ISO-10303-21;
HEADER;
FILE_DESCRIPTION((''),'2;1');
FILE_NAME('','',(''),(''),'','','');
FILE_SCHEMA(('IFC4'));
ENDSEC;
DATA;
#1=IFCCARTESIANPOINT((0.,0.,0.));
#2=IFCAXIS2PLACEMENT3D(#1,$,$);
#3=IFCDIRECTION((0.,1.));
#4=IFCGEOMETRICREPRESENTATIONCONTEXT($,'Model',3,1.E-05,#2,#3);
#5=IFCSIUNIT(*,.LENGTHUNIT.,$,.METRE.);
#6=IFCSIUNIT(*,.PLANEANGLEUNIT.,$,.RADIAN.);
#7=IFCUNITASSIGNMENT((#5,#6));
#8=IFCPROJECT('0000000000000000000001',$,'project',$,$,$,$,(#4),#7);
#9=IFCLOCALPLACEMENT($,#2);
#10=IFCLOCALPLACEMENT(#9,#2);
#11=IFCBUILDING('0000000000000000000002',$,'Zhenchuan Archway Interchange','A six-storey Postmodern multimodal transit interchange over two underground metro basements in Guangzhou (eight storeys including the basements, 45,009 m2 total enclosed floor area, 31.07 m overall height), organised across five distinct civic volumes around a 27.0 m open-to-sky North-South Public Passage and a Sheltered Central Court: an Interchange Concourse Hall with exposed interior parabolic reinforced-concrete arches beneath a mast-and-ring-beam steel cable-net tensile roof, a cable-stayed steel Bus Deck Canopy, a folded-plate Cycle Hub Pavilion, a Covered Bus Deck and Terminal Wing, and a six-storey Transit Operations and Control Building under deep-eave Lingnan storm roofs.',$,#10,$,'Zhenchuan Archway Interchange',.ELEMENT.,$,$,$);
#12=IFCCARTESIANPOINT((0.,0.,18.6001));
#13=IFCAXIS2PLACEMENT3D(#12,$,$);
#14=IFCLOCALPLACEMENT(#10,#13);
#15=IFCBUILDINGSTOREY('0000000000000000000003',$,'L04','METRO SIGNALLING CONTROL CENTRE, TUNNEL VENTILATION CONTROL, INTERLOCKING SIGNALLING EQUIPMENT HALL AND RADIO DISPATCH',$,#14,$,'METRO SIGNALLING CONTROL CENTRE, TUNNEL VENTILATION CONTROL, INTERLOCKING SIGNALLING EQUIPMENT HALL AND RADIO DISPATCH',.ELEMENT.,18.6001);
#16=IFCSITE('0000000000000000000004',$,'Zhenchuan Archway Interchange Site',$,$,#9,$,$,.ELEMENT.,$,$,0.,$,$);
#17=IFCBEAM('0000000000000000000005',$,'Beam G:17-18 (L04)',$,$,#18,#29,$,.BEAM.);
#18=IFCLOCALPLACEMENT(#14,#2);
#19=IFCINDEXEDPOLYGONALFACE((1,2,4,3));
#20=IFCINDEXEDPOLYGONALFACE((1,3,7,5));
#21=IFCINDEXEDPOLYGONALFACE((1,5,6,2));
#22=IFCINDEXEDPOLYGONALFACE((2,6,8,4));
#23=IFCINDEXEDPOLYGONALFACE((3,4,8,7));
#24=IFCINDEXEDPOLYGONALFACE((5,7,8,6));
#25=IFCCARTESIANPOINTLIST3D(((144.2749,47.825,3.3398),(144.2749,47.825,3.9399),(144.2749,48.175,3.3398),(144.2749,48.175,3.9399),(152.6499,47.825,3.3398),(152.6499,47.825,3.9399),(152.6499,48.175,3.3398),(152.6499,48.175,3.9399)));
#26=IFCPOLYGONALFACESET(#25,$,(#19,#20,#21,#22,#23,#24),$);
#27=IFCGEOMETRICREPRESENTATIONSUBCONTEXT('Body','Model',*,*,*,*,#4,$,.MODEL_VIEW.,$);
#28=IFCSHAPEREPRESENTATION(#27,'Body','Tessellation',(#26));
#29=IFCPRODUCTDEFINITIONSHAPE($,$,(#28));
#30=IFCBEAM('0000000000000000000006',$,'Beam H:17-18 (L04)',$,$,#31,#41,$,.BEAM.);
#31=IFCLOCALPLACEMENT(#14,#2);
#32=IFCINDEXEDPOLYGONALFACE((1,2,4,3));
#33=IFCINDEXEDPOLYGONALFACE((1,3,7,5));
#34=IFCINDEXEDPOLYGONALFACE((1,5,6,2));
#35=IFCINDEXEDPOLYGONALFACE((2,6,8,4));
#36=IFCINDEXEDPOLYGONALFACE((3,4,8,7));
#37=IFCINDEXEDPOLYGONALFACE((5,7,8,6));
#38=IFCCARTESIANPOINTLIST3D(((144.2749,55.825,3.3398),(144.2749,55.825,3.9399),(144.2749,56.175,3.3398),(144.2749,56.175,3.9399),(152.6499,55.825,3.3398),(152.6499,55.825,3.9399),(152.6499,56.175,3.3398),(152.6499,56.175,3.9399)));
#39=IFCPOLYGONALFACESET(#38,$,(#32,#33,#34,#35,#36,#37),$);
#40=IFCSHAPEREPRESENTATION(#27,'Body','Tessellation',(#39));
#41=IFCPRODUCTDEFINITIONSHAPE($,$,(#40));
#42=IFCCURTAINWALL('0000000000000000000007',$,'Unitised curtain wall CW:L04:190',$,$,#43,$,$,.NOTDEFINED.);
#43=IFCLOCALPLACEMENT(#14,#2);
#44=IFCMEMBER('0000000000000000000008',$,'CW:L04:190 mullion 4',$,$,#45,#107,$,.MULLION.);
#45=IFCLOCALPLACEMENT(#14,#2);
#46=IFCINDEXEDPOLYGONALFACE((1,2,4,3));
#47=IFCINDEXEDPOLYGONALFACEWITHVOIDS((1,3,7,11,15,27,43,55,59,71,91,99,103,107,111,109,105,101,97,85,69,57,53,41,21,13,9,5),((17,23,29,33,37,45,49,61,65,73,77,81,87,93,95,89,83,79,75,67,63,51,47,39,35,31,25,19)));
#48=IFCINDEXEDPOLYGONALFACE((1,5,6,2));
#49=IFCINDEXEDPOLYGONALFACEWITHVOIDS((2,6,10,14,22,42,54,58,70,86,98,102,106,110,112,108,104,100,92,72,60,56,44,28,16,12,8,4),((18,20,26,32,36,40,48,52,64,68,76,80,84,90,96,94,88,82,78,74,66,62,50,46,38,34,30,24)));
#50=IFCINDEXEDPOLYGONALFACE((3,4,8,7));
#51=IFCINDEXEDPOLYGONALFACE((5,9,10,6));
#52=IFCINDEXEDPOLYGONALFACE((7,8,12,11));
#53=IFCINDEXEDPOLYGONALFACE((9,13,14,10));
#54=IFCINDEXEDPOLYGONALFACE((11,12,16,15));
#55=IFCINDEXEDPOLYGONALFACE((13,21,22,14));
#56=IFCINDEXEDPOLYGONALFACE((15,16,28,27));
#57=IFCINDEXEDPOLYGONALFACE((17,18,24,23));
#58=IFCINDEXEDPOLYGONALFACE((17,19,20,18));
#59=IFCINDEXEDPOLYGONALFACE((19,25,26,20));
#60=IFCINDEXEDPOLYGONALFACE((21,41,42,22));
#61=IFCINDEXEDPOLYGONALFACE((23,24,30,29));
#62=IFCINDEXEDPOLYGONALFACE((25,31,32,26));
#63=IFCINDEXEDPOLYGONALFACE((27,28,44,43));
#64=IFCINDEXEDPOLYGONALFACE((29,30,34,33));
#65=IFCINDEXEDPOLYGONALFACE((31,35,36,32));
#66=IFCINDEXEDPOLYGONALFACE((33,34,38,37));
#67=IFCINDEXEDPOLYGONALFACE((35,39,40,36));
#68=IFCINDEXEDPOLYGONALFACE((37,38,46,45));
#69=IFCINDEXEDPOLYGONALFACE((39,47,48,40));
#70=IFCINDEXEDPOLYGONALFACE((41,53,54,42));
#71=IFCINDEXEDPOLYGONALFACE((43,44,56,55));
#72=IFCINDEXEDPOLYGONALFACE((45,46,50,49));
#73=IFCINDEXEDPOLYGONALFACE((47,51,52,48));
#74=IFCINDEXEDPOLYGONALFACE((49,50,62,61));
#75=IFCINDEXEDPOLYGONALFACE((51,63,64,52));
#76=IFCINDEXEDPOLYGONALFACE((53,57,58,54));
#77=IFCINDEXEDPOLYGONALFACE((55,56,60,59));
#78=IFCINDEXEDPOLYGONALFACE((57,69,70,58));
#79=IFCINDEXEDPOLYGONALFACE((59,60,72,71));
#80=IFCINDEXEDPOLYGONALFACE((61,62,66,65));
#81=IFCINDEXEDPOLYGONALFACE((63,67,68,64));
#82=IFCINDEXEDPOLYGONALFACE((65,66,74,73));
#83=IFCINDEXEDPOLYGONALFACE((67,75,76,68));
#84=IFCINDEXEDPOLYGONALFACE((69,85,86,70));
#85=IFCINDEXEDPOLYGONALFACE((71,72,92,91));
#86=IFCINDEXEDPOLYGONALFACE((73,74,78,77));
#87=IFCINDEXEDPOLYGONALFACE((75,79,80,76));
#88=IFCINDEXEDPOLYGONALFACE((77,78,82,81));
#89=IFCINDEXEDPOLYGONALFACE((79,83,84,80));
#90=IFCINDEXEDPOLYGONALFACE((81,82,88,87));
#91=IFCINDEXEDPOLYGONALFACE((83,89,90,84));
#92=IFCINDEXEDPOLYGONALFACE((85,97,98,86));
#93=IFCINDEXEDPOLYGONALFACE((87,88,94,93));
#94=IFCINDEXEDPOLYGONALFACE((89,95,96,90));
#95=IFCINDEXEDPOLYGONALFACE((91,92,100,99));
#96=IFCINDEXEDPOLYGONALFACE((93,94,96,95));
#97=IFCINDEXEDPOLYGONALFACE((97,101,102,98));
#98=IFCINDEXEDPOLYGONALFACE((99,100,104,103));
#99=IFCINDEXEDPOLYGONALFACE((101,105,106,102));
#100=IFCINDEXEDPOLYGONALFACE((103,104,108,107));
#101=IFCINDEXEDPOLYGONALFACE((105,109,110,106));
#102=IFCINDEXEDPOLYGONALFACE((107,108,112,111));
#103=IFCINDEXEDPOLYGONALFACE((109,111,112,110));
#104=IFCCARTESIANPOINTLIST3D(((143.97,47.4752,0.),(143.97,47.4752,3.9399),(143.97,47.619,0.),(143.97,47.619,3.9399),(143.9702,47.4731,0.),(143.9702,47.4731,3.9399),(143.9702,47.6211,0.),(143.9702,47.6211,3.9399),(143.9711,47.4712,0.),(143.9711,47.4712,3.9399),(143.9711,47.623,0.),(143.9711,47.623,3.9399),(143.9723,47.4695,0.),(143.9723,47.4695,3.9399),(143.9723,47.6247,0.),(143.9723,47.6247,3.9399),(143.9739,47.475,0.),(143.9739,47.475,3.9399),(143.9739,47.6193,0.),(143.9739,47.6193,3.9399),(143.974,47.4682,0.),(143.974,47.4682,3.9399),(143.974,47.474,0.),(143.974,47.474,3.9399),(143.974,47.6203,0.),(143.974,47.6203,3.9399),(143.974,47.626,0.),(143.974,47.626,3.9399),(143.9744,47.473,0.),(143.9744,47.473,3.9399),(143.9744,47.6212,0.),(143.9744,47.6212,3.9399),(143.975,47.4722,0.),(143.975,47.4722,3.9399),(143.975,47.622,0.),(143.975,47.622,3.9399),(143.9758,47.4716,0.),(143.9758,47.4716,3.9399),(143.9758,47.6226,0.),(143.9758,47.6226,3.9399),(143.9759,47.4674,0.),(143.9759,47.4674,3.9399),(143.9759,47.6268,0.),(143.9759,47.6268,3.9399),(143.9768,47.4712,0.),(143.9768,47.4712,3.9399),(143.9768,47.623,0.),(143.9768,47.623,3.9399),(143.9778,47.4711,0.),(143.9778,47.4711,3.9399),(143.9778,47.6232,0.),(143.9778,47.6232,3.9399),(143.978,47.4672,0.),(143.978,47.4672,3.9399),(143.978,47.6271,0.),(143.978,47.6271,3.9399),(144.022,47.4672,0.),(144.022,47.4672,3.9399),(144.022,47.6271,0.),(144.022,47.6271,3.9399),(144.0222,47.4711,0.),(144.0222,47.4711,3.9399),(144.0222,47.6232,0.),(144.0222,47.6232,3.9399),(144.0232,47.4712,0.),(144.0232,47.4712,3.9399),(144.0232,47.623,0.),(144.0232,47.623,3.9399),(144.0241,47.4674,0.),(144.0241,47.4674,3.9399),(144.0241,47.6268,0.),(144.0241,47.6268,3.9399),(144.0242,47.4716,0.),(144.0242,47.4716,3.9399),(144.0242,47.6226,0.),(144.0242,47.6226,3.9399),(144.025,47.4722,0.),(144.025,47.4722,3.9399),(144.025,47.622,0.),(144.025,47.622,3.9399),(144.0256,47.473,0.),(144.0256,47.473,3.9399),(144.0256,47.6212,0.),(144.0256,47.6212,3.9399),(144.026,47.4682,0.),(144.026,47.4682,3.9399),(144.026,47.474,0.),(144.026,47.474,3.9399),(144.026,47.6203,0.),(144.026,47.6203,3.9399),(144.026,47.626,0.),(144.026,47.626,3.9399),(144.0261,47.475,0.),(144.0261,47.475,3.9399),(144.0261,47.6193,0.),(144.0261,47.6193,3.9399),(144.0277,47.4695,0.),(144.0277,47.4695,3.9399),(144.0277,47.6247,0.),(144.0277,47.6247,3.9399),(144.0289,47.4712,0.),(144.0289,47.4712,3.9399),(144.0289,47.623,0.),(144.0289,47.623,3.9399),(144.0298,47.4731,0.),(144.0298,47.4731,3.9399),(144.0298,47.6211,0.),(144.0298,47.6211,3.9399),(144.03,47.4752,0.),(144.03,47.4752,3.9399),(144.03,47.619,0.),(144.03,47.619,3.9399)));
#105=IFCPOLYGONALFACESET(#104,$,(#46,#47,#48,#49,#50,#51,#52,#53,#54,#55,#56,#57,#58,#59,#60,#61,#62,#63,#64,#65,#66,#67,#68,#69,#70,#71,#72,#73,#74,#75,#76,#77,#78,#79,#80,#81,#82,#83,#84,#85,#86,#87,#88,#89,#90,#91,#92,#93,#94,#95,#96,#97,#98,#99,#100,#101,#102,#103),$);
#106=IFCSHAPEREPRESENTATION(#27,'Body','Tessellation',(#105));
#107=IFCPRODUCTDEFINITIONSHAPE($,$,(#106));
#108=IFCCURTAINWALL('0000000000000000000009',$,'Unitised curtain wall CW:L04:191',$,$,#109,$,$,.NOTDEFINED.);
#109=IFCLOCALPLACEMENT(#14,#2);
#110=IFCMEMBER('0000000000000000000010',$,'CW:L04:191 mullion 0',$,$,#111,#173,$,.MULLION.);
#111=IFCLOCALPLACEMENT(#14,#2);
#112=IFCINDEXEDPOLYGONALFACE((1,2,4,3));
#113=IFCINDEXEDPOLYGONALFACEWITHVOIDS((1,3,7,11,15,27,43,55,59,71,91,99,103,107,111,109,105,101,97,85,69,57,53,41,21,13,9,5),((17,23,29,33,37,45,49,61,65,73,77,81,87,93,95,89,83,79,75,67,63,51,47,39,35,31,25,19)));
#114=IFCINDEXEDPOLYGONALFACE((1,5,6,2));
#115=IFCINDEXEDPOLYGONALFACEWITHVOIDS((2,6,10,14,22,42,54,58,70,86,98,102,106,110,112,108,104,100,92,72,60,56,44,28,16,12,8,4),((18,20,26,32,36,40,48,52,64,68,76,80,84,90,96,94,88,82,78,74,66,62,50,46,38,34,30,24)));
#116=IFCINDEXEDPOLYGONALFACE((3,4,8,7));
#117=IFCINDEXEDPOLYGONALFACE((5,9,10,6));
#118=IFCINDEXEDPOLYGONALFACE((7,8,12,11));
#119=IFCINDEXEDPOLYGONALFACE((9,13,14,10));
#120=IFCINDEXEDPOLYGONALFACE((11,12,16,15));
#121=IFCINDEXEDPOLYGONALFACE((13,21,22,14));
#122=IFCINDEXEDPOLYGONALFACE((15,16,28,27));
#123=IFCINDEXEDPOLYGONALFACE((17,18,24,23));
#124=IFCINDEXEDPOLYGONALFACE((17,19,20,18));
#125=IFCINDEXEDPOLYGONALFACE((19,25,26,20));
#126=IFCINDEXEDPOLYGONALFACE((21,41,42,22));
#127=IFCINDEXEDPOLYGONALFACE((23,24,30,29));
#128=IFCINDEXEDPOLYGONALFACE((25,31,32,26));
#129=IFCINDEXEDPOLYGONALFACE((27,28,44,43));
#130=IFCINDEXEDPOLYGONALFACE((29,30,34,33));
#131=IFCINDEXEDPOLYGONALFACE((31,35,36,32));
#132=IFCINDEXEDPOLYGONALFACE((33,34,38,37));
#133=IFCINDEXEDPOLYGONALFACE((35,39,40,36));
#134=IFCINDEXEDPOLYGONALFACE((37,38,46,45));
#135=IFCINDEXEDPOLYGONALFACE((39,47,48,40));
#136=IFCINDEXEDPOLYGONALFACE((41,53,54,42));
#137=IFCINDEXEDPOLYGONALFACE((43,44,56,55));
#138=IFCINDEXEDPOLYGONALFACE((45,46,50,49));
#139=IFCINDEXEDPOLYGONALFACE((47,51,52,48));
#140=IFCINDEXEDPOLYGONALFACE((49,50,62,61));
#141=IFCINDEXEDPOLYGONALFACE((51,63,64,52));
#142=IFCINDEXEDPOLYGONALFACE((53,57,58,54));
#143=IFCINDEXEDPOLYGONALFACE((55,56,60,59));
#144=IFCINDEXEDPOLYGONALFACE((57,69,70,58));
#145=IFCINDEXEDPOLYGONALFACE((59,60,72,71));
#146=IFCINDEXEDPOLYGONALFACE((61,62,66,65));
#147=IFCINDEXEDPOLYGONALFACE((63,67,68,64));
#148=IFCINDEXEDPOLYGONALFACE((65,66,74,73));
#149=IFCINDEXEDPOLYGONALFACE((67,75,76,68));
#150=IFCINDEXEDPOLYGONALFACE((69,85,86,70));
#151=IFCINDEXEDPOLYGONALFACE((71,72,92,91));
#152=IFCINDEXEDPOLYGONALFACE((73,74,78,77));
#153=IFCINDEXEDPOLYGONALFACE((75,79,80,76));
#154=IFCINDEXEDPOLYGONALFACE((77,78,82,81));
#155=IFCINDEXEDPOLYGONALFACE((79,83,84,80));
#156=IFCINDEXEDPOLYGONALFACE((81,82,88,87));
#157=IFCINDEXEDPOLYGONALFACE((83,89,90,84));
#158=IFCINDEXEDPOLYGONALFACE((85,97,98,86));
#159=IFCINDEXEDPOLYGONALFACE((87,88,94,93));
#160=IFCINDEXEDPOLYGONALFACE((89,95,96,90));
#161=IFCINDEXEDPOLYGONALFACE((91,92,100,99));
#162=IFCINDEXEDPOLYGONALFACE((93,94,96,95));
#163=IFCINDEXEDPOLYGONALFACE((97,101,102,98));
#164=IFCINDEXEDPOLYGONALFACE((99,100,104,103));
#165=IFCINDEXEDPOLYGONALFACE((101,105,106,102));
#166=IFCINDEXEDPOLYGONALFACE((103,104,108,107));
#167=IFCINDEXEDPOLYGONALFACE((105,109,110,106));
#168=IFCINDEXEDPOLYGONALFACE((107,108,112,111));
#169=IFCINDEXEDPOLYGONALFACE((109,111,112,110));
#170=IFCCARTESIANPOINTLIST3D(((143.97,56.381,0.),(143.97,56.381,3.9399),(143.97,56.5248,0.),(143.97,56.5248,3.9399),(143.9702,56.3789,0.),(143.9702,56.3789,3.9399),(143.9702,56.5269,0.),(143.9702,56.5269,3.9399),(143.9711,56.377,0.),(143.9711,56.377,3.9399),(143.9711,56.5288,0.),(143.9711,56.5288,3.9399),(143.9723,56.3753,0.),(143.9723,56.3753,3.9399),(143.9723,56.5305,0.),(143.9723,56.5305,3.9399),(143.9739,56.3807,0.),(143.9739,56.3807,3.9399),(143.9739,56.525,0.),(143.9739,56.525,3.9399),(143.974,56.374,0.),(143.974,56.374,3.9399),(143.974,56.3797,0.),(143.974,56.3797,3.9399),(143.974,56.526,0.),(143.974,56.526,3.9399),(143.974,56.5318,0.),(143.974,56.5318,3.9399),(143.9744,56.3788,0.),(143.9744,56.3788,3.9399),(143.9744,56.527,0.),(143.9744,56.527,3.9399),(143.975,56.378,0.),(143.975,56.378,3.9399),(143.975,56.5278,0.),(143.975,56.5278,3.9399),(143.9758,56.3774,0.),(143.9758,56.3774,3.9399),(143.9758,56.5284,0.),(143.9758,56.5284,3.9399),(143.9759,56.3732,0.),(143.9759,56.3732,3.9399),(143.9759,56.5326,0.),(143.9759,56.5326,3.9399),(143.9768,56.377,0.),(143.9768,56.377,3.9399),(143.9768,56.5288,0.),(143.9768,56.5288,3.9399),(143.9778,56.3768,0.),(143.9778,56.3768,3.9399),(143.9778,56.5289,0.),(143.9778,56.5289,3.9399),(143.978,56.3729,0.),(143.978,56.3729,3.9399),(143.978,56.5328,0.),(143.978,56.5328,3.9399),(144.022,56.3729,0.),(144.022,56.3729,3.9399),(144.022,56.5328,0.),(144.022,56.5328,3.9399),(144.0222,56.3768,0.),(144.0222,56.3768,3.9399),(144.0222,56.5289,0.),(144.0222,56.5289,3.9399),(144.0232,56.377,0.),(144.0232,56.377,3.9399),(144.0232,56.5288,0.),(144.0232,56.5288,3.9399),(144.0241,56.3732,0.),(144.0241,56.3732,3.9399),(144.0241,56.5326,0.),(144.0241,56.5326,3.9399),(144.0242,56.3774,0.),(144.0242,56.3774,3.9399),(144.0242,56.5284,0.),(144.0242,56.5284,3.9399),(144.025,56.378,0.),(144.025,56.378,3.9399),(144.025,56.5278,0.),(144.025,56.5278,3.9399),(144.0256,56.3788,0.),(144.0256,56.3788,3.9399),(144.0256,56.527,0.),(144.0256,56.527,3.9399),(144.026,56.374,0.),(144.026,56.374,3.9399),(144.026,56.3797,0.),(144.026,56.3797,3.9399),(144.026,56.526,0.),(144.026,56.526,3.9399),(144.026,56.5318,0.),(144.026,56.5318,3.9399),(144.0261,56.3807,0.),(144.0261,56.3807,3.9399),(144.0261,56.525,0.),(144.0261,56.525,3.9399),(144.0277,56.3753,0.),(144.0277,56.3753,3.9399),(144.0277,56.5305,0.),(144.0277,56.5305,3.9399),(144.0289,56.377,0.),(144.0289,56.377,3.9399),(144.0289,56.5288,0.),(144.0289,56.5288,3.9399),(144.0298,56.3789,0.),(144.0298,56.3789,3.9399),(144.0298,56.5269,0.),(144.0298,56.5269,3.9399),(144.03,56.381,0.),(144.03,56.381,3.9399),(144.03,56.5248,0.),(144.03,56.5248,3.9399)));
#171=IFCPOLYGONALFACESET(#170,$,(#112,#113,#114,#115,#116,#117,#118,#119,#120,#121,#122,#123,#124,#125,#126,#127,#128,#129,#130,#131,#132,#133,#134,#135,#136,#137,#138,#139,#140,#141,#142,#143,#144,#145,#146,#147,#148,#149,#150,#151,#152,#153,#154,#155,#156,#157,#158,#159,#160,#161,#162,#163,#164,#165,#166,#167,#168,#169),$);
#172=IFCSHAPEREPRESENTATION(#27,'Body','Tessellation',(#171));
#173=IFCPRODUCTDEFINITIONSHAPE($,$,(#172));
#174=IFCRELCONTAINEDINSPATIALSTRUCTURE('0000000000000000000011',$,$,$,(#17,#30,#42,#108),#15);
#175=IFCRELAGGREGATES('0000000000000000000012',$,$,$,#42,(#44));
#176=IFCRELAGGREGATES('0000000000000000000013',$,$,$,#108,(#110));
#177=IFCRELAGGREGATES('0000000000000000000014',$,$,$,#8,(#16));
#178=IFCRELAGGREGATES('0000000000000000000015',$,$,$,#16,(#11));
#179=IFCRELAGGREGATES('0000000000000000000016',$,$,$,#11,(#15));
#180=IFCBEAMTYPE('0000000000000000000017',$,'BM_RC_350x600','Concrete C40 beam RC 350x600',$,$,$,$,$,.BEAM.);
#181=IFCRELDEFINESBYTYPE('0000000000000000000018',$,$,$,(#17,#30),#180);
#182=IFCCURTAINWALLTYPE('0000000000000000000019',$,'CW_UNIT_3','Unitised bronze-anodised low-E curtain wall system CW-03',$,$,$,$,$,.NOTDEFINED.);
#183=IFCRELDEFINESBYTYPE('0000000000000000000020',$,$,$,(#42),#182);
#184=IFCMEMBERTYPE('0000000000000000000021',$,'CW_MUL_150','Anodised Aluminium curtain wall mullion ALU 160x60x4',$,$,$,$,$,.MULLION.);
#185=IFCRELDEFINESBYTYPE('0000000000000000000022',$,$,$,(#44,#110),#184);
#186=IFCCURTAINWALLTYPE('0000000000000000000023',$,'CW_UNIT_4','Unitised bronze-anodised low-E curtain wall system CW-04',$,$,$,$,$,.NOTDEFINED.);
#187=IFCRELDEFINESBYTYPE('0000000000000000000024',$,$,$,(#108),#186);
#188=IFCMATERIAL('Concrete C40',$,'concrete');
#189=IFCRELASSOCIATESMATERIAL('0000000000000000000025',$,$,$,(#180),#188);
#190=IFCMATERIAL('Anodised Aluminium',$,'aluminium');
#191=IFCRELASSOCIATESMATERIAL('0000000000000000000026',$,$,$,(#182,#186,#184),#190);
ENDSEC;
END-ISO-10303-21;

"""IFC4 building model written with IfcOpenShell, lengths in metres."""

from ifc_helpers import new_model, si_unit, direction, frame, origin, origin_2d, place, context, subcontext, project, spatial, rectangle, hollow_rectangle, extrude, material, material_profile, profile_set, type_object, element, aggregate, save


model = new_model("IFC4")

# Units and contexts
model_context = context("Model", 3, precision=1e-05, world=origin(), true_north=direction((0.0, 1.0)))
body_context = subcontext(model_context, "Body", "Model", "MODEL_VIEW")
ifc_project = project(units=[si_unit("LENGTHUNIT", "METRE"), si_unit("PLANEANGLEUNIT", "RADIAN")], contexts=[model_context])

# Site, building, storey
site_placement = place(None, origin())
site = spatial("IfcSite", under=ifc_project, at=site_placement, Name="Zhenchuan Archway Interchange Site", CompositionType="ELEMENT", RefElevation=0.0)
building_placement = place(site_placement, origin())
building = spatial("IfcBuilding", under=site, at=building_placement, Name="Zhenchuan Archway Interchange", Description="A six-storey Postmodern multimodal transit interchange over two underground metro basements in Guangzhou (eight storeys including the basements, 45,009 m2 total enclosed floor area, 31.07 m overall height), organised across five distinct civic volumes around a 27.0 m open-to-sky North-South Public Passage and a Sheltered Central Court: an Interchange Concourse Hall with exposed interior parabolic reinforced-concrete arches beneath a mast-and-ring-beam steel cable-net tensile roof, a cable-stayed steel Bus Deck Canopy, a folded-plate Cycle Hub Pavilion, a Covered Bus Deck and Terminal Wing, and a six-storey Transit Operations and Control Building under deep-eave Lingnan storm roofs.", LongName="Zhenchuan Archway Interchange", CompositionType="ELEMENT")
storey_placement = place(building_placement, frame((0.0, 0.0, 18.6001)))
storey = spatial("IfcBuildingStorey", under=building, at=storey_placement, Name="L04", Description="METRO SIGNALLING CONTROL CENTRE, TUNNEL VENTILATION CONTROL, INTERLOCKING SIGNALLING EQUIPMENT HALL AND RADIO DISPATCH", LongName="METRO SIGNALLING CONTROL CENTRE, TUNNEL VENTILATION CONTROL, INTERLOCKING SIGNALLING EQUIPMENT HALL AND RADIO DISPATCH", CompositionType="ELEMENT", Elevation=18.6001)

# Beams
ifc_material_1 = material(Name="Concrete C40", Category="concrete")
ifc_material_profile_1 = material_profile(ifc_material_1, rectangle(XDim=0.3501, YDim=0.6001, at=origin_2d()), Name="RC 350x600")
ifc_profile_set_1 = profile_set([ifc_material_profile_1], Name="Concrete C40")
beam_type = type_object("IfcBeamType", Name="BM_RC_350x600", Description="Concrete C40 beam RC 350x600", PredefinedType="BEAM", material=ifc_profile_set_1)
for number, where, z_axis, x_axis, name in (
    (1, (144.2749, 48.0, 3.6399), (1.0, 0.0, 0.0), (0.0, 1.0, 0.0), "Beam G:17-18 (L04)"),
    (2, (144.2749, 56.0, 3.6399), (1.0, 0.0, 0.0), (0.0, 1.0, 0.0), "Beam H:17-18 (L04)"),
):
    element("IfcBeam", number, at=place(storey_placement, frame(where, z_axis=z_axis, x_axis=x_axis)), inside=storey, type_object=beam_type, Name=name, PredefinedType="BEAM", context=body_context, shape_type="SweptSolid", body=[
        extrude(rectangle(XDim=0.3501, YDim=0.6001, at=origin_2d()), origin(), (0.0, 0.0, 1.0), 8.375),
    ])

# Curtain wall, member
ifc_material_2 = material(Name="Anodised Aluminium", Category="aluminium")
curtain_wall_type_1 = type_object("IfcCurtainWallType", Name="CW_UNIT_3", Description="Unitised bronze-anodised low-E curtain wall system CW-03", PredefinedType="NOTDEFINED", material=ifc_material_2)
curtain_wall_1_placement = place(storey_placement, origin())
curtain_wall_1 = element("IfcCurtainWall", 3, at=curtain_wall_1_placement, inside=storey, type_object=curtain_wall_type_1, Name="Unitised curtain wall CW:L04:190", PredefinedType="NOTDEFINED")
ifc_material_profile_2 = material_profile(ifc_material_2, hollow_rectangle(XDim=0.0601, YDim=0.1599, WallThickness=0.0039, InnerFilletRadius=0.0039, OuterFilletRadius=0.0081, at=origin_2d()), Name="ALU 160x60x4")
ifc_profile_set_2 = profile_set([ifc_material_profile_2], Name="Anodised Aluminium")
member_type_1 = type_object("IfcMemberType", Name="CW_MUL_150", Description="Anodised Aluminium curtain wall mullion ALU 160x60x4", PredefinedType="MULLION", material=ifc_profile_set_2)
member_1_placement = place(storey_placement, frame((144.0, 47.5471, 0.0), z_axis=(0.0, 0.0, 1.0), x_axis=(1.0, 0.0, 0.0)))
member_1 = element("IfcMember", 4, at=member_1_placement, type_object=member_type_1, Name="CW:L04:190 mullion 4", PredefinedType="MULLION", context=body_context, shape_type="SweptSolid", body=[
    extrude(hollow_rectangle(XDim=0.0601, YDim=0.1599, WallThickness=0.0039, InnerFilletRadius=0.0039, OuterFilletRadius=0.0081, at=origin_2d()), origin(), (0.0, 0.0, 1.0), 3.9399),
])

# Curtain wall, member
curtain_wall_type_2 = type_object("IfcCurtainWallType", Name="CW_UNIT_4", Description="Unitised bronze-anodised low-E curtain wall system CW-04", PredefinedType="NOTDEFINED", material=ifc_material_2)
curtain_wall_2_placement = place(storey_placement, origin())
curtain_wall_2 = element("IfcCurtainWall", 5, at=curtain_wall_2_placement, inside=storey, type_object=curtain_wall_type_2, Name="Unitised curtain wall CW:L04:191", PredefinedType="NOTDEFINED")
member_2_placement = place(storey_placement, frame((144.0, 56.4529, 0.0), z_axis=(0.0, 0.0, 1.0), x_axis=(1.0, 0.0, 0.0)))
member_2 = element("IfcMember", 6, at=member_2_placement, type_object=member_type_1, Name="CW:L04:191 mullion 0", PredefinedType="MULLION", context=body_context, shape_type="SweptSolid", body=[
    extrude(hollow_rectangle(XDim=0.0601, YDim=0.1599, WallThickness=0.0039, InnerFilletRadius=0.0039, OuterFilletRadius=0.0081, at=origin_2d()), origin(), (0.0, 0.0, 1.0), 3.9399),
])

aggregate(curtain_wall_1, [member_1])
aggregate(curtain_wall_2, [member_2])

save(model, "model.ifc")
